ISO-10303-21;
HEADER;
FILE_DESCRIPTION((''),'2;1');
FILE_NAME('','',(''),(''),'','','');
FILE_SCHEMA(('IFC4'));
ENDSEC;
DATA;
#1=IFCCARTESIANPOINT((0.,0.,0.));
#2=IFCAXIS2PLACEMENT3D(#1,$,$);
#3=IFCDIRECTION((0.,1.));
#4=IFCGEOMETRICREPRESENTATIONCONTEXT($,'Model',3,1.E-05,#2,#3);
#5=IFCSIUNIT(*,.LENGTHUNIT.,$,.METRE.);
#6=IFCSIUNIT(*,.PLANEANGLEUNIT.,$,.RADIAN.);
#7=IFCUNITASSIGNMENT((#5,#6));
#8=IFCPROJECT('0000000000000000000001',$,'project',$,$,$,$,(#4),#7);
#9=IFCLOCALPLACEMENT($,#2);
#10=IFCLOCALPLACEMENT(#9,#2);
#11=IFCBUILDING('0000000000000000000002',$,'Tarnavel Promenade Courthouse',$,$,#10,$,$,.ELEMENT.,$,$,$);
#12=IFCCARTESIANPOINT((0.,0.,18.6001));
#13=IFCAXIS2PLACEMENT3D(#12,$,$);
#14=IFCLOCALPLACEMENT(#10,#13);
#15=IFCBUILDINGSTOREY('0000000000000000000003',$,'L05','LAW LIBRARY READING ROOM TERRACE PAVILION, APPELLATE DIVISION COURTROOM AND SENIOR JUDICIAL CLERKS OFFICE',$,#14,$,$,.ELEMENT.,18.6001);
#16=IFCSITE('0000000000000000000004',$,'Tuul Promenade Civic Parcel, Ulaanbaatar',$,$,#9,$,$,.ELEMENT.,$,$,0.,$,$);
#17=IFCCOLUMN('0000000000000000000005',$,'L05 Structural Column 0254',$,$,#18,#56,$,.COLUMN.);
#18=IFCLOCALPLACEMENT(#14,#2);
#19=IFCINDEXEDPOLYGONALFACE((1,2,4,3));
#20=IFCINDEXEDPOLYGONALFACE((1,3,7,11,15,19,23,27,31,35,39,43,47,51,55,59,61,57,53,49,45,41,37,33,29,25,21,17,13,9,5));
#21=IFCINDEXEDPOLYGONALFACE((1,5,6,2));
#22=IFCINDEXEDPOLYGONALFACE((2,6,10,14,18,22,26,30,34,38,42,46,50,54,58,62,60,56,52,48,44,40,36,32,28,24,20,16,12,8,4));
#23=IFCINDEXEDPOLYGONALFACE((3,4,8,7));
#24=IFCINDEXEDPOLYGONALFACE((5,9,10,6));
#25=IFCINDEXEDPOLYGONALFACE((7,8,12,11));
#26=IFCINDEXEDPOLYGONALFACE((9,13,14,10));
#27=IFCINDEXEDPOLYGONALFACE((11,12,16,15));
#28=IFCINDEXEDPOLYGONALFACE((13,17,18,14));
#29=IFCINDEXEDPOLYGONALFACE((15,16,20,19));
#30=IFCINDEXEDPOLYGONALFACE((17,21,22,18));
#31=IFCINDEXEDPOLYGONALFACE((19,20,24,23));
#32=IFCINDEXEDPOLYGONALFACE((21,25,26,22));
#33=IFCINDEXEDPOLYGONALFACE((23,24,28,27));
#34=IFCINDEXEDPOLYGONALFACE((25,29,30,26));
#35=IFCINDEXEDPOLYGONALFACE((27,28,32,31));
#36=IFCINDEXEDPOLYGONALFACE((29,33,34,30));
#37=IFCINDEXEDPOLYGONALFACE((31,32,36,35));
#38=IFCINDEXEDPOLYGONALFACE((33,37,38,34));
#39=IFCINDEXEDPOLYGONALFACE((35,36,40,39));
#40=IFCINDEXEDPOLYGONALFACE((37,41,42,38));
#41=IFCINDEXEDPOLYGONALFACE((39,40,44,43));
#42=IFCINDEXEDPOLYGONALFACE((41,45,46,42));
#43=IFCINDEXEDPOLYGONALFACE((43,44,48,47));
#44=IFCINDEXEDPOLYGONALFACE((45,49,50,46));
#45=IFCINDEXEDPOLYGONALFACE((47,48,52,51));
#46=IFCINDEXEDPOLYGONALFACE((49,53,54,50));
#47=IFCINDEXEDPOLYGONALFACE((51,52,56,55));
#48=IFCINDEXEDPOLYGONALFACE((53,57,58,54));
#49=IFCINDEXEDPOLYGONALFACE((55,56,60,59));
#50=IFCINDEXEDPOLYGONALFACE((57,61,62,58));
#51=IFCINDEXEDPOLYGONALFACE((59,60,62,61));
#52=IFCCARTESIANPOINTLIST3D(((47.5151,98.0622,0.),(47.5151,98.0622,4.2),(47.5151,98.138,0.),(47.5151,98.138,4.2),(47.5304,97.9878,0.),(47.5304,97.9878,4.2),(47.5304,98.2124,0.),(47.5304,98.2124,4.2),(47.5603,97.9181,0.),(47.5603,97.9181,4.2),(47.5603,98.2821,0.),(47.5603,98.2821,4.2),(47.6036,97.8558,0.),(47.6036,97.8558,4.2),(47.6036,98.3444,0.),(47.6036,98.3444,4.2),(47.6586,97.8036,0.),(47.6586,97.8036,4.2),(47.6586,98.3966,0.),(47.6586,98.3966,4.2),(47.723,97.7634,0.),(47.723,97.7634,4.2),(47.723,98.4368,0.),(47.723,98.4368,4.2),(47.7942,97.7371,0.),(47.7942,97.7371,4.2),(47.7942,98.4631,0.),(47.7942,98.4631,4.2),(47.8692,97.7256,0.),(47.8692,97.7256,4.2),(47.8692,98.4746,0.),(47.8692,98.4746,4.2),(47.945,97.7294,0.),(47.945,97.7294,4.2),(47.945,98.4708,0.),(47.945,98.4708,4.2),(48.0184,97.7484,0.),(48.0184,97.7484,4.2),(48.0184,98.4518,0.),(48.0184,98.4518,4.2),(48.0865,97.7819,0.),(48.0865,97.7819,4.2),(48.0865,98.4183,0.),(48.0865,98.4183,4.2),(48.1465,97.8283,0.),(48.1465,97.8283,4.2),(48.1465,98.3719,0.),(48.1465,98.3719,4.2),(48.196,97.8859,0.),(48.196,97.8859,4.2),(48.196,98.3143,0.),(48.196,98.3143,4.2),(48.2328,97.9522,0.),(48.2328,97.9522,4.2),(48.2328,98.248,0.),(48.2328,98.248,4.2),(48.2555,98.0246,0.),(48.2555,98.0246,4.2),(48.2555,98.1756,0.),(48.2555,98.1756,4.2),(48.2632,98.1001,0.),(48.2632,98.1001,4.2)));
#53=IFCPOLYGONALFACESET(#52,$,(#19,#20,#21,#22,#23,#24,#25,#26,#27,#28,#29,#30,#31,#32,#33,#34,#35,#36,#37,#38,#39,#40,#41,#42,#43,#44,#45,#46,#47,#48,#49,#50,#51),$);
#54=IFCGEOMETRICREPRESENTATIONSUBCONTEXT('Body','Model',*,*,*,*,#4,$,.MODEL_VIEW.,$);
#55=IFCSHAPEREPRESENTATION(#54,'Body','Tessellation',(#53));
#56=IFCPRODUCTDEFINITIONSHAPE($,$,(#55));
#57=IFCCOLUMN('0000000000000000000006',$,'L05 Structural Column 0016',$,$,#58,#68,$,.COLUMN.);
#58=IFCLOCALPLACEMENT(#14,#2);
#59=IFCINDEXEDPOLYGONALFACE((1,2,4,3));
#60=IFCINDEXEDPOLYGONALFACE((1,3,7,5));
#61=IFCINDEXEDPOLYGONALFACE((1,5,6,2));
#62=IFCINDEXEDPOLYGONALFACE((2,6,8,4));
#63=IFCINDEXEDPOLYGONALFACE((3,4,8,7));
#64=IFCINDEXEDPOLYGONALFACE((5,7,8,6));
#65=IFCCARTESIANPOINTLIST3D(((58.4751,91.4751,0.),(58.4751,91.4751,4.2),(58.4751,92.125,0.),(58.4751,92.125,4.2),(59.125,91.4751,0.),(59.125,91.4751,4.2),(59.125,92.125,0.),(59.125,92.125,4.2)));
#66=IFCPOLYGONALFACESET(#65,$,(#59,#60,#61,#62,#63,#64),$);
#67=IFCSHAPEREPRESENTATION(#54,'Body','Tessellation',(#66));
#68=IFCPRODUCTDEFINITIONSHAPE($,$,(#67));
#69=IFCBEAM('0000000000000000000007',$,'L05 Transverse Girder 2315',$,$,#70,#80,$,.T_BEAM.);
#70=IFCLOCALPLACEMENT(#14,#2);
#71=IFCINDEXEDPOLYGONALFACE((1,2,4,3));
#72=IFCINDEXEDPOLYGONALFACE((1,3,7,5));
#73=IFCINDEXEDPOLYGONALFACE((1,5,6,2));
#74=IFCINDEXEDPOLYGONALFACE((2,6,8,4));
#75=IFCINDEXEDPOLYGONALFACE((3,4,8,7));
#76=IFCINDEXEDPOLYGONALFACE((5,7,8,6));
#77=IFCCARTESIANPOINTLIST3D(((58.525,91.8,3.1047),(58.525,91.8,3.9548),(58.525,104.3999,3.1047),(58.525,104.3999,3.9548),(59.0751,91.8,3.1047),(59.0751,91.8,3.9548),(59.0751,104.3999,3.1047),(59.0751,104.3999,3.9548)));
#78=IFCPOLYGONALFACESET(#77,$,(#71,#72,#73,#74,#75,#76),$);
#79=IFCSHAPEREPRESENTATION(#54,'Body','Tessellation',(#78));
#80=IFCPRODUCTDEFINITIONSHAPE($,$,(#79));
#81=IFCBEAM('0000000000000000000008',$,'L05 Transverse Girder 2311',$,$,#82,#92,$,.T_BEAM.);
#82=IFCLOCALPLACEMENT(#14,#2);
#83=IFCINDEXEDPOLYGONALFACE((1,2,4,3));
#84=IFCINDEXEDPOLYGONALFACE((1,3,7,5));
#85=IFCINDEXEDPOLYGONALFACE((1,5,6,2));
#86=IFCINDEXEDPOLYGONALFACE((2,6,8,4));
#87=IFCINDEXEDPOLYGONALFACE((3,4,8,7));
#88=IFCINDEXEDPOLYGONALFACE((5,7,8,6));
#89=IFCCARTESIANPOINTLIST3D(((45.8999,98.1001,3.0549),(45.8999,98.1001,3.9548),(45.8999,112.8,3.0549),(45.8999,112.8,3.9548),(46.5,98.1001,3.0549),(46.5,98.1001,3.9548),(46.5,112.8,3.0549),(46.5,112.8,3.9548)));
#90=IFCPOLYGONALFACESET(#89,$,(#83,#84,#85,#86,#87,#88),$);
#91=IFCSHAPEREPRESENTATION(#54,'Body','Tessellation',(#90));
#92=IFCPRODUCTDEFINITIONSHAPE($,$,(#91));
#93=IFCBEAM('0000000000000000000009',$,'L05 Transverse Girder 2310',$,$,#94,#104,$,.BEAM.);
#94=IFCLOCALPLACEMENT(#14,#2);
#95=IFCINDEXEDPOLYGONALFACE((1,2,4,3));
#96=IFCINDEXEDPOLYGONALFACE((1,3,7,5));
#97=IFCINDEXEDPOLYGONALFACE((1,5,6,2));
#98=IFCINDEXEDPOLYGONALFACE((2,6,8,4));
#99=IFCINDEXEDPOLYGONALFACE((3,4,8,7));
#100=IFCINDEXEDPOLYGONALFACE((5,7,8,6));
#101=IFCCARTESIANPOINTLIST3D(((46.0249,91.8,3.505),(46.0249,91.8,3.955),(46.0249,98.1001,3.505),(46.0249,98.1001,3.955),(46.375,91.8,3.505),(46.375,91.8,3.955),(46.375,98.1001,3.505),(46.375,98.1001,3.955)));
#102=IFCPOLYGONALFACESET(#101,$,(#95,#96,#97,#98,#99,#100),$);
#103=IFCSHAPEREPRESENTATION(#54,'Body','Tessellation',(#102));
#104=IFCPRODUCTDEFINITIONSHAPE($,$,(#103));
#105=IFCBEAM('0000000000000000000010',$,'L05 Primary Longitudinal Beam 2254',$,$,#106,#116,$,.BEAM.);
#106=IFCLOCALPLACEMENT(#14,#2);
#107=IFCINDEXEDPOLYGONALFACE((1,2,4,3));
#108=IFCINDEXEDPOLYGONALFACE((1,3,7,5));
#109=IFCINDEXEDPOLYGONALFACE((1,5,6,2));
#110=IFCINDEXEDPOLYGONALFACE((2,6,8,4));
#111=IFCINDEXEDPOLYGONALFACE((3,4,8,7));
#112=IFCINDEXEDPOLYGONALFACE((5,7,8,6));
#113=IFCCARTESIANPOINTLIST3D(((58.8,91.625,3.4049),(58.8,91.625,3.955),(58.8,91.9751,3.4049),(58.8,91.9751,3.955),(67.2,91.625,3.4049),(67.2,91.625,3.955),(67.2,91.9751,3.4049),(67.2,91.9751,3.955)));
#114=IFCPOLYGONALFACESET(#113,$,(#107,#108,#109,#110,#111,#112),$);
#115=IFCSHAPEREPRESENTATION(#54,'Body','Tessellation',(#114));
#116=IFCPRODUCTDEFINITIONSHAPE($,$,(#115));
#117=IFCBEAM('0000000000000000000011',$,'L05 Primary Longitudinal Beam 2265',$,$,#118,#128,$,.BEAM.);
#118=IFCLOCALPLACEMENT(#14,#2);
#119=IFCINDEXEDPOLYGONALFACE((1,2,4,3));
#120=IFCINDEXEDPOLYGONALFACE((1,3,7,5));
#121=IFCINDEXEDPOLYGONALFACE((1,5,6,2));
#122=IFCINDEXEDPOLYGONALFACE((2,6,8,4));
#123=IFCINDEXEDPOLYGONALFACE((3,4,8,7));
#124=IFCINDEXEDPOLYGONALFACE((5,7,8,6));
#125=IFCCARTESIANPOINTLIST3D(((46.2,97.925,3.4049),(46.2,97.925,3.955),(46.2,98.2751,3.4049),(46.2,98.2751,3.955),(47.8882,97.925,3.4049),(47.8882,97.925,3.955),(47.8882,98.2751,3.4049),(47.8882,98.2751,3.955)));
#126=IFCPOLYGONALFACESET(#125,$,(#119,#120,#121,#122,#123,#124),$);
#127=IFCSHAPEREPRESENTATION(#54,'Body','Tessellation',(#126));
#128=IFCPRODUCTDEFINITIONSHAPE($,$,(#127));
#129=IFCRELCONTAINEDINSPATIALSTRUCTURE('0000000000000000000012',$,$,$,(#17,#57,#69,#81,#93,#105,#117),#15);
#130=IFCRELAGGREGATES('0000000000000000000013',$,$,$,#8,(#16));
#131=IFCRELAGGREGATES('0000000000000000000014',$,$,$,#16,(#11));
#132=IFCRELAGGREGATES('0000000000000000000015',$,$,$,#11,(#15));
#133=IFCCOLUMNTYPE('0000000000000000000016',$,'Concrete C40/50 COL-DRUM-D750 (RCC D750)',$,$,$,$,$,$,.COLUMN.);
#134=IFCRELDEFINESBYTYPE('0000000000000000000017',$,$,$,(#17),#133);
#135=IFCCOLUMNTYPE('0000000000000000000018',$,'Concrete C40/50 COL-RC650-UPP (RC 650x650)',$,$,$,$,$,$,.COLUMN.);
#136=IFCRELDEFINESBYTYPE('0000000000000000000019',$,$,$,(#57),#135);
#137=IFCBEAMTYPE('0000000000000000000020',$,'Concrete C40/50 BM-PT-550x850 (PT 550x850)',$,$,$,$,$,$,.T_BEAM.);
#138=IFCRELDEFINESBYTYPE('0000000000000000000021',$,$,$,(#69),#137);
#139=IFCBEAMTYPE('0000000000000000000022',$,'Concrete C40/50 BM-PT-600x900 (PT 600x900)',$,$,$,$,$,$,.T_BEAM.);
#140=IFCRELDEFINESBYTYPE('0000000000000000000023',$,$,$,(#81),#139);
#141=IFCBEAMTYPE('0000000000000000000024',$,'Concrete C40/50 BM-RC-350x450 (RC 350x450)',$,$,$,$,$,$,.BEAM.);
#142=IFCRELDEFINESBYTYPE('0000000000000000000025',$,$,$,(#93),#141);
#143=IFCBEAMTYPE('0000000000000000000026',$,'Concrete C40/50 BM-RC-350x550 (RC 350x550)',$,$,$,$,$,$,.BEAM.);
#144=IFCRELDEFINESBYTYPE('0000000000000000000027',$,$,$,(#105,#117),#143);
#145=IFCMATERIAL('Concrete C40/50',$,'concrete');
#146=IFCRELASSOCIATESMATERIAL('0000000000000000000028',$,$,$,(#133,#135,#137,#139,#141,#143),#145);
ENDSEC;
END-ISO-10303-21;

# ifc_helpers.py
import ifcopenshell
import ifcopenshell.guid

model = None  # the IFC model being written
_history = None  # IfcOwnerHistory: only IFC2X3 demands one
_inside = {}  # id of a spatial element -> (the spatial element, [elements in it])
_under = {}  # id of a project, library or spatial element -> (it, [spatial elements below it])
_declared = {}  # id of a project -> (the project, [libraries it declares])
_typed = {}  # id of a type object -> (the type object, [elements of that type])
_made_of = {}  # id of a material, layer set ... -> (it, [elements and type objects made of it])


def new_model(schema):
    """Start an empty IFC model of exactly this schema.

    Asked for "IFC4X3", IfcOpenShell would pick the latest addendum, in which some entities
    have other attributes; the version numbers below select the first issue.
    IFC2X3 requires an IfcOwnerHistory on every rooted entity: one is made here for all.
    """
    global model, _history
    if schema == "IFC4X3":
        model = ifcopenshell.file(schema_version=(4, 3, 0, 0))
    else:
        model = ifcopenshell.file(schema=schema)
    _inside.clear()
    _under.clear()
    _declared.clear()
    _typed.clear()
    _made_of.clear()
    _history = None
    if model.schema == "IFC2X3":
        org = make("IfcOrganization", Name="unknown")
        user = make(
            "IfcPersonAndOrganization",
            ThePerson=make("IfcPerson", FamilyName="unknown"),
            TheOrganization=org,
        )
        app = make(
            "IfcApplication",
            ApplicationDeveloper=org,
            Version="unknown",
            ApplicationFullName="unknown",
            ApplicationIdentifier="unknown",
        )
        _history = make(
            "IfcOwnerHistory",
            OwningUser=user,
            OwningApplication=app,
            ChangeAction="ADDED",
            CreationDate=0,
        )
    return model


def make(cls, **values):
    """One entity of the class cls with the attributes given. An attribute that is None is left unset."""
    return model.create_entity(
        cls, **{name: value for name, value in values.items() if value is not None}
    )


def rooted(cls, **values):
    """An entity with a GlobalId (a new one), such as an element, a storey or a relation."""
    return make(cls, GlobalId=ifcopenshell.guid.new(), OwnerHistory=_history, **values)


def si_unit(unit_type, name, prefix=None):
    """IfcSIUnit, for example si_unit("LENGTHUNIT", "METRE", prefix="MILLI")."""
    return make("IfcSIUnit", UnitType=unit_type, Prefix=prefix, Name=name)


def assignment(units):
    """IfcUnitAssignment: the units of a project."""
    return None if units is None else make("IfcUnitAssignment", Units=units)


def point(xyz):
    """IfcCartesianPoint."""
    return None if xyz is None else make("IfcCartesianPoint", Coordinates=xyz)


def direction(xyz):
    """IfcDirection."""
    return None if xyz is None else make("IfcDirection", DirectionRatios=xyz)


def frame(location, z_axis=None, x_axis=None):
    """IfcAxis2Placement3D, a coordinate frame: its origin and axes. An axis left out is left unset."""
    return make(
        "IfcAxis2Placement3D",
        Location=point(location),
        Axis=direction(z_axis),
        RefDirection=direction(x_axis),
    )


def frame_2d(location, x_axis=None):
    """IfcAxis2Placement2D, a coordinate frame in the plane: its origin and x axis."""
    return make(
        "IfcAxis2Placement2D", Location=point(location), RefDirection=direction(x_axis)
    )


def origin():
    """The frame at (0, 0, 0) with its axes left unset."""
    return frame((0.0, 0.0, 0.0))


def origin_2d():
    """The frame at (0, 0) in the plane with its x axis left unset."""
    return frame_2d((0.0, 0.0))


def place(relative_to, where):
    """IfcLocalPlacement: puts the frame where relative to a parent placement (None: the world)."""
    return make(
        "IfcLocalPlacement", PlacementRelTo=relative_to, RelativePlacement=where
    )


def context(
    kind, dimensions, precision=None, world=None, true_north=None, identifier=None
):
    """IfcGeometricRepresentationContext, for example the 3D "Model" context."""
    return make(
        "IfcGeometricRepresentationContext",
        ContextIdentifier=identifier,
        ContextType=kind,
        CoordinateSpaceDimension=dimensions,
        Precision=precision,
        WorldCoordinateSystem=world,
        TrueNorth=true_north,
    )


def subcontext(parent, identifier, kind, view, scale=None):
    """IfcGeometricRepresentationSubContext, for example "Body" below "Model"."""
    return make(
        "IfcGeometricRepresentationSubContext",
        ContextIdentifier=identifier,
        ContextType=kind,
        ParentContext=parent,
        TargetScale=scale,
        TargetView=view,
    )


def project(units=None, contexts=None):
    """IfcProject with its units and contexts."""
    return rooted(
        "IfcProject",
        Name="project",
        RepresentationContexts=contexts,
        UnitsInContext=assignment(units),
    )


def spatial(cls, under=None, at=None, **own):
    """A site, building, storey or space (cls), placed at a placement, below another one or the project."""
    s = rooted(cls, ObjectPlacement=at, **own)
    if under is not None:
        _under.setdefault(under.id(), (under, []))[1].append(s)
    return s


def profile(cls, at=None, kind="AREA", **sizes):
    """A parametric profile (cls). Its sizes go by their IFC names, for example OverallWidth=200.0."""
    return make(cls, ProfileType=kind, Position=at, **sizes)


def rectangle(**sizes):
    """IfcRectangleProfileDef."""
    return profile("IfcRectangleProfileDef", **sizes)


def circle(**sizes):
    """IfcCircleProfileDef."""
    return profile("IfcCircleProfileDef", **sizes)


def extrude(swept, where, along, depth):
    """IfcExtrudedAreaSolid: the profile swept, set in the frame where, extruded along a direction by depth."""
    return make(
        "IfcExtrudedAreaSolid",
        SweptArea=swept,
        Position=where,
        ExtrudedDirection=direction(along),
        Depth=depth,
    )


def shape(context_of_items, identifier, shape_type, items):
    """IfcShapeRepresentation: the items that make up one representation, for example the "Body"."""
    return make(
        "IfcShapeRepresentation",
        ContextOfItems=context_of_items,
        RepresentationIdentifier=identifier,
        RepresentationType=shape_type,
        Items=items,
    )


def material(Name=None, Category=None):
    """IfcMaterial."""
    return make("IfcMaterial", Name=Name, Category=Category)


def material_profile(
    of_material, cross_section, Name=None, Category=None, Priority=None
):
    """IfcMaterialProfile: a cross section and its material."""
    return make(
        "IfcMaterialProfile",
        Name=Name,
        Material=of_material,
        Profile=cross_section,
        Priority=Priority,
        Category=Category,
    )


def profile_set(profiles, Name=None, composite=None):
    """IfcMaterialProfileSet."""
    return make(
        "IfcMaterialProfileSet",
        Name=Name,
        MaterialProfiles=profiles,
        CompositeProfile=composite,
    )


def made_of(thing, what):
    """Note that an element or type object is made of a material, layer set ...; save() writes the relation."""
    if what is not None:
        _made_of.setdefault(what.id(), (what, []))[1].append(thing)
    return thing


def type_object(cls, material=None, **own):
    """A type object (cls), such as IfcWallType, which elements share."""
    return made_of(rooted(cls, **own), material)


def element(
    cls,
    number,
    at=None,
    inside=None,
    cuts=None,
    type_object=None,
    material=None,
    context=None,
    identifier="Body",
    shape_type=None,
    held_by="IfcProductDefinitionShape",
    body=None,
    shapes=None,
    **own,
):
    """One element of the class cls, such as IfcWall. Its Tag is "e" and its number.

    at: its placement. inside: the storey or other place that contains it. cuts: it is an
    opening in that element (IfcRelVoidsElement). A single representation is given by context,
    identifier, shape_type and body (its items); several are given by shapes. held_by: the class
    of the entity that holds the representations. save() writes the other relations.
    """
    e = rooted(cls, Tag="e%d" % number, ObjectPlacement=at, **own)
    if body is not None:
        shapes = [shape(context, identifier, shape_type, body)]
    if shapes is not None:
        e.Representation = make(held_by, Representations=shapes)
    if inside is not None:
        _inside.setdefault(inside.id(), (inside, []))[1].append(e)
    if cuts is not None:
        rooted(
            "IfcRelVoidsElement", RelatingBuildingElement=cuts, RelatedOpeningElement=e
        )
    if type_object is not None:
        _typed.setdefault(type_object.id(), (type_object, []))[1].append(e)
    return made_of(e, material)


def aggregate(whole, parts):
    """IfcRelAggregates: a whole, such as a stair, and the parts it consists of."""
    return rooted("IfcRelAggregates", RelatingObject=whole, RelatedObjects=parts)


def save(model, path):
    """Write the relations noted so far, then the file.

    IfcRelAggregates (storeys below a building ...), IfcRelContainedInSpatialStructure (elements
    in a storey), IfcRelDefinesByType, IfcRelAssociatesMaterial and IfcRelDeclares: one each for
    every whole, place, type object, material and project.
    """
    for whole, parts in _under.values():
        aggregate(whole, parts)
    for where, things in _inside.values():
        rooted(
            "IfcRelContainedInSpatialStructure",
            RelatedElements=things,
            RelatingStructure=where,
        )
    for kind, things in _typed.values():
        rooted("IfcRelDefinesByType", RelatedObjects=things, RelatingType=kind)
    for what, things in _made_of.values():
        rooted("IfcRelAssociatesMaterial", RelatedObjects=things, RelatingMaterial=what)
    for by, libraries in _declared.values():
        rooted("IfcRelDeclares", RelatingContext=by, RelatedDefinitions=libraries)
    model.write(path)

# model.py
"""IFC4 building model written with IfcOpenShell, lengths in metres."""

from ifc_helpers import new_model, si_unit, direction, frame, origin, origin_2d, place, context, subcontext, project, spatial, rectangle, circle, extrude, material, material_profile, profile_set, type_object, element, save


model = new_model("IFC4")

# Units and contexts
model_context = context("Model", 3, precision=1e-05, world=origin(), true_north=direction((0.0, 1.0)))
body_context = subcontext(model_context, "Body", "Model", "MODEL_VIEW")
ifc_project = project(units=[si_unit("LENGTHUNIT", "METRE"), si_unit("PLANEANGLEUNIT", "RADIAN")], contexts=[model_context])

# Site, building, storey
site_placement = place(None, origin())
site = spatial("IfcSite", under=ifc_project, at=site_placement, Name="Tuul Promenade Civic Parcel, Ulaanbaatar", CompositionType="ELEMENT", RefElevation=0.0)
building_placement = place(site_placement, origin())
building = spatial("IfcBuilding", under=site, at=building_placement, Name="Tarnavel Promenade Courthouse", CompositionType="ELEMENT")
storey_placement = place(building_placement, frame((0.0, 0.0, 18.6001)))
storey = spatial("IfcBuildingStorey", under=building, at=storey_placement, Name="L05", Description="LAW LIBRARY READING ROOM TERRACE PAVILION, APPELLATE DIVISION COURTROOM AND SENIOR JUDICIAL CLERKS OFFICE", CompositionType="ELEMENT", Elevation=18.6001)

# Columns
ifc_material_1 = material(Name="Concrete C40/50", Category="concrete")
ifc_material_profile_1 = material_profile(ifc_material_1, circle(Radius=0.375, at=origin_2d()), Name="RCC D750")
ifc_profile_set_1 = profile_set([ifc_material_profile_1], Name="Concrete C40/50")
column_type_1 = type_object("IfcColumnType", Name="Concrete C40/50 COL-DRUM-D750 (RCC D750)", PredefinedType="COLUMN", material=ifc_profile_set_1)
column_1_placement = place(storey_placement, frame((47.8882, 98.1001, 0.0), z_axis=(0.0, 0.0, 1.0), x_axis=(1.0, 0.0, 0.0)))
element("IfcColumn", 1, at=column_1_placement, inside=storey, type_object=column_type_1, Name="L05 Structural Column 0254", PredefinedType="COLUMN", context=body_context, shape_type="SweptSolid", body=[
    extrude(circle(Radius=0.375, at=origin_2d()), origin(), (0.0, 0.0, 1.0), 4.2),
])
ifc_material_profile_2 = material_profile(ifc_material_1, rectangle(XDim=0.6499, YDim=0.6499, at=origin_2d()), Name="RC 650x650")
ifc_profile_set_2 = profile_set([ifc_material_profile_2], Name="Concrete C40/50")
column_type_2 = type_object("IfcColumnType", Name="Concrete C40/50 COL-RC650-UPP (RC 650x650)", PredefinedType="COLUMN", material=ifc_profile_set_2)
column_2_placement = place(storey_placement, frame((58.8, 91.8, 0.0), z_axis=(0.0, 0.0, 1.0), x_axis=(1.0, 0.0, 0.0)))
element("IfcColumn", 2, at=column_2_placement, inside=storey, type_object=column_type_2, Name="L05 Structural Column 0016", PredefinedType="COLUMN", context=body_context, shape_type="SweptSolid", body=[
    extrude(rectangle(XDim=0.6499, YDim=0.6499, at=origin_2d()), origin(), (0.0, 0.0, 1.0), 4.2),
])

# Beams
ifc_material_profile_3 = material_profile(ifc_material_1, rectangle(XDim=0.55, YDim=0.8501, at=origin_2d()), Name="PT 550x850")
ifc_profile_set_3 = profile_set([ifc_material_profile_3], Name="Concrete C40/50")
beam_type_1 = type_object("IfcBeamType", Name="Concrete C40/50 BM-PT-550x850 (PT 550x850)", PredefinedType="T_BEAM", material=ifc_profile_set_3)
beam_1_placement = place(storey_placement, frame((58.8, 91.8, 3.5298), z_axis=(0.0, 1.0, 0.0), x_axis=(-1.0, 0.0, 0.0)))
element("IfcBeam", 3, at=beam_1_placement, inside=storey, type_object=beam_type_1, Name="L05 Transverse Girder 2315", PredefinedType="T_BEAM", context=body_context, shape_type="SweptSolid", body=[
    extrude(rectangle(XDim=0.55, YDim=0.8501, at=origin_2d()), origin(), (0.0, 0.0, 1.0), 12.5999),
])
ifc_material_profile_4 = material_profile(ifc_material_1, rectangle(XDim=0.6001, YDim=0.8999, at=origin_2d()), Name="PT 600x900")
ifc_profile_set_4 = profile_set([ifc_material_profile_4], Name="Concrete C40/50")
beam_type_2 = type_object("IfcBeamType", Name="Concrete C40/50 BM-PT-600x900 (PT 600x900)", PredefinedType="T_BEAM", material=ifc_profile_set_4)
beam_2_placement = place(storey_placement, frame((46.2, 98.1001, 3.5049), z_axis=(0.0, 1.0, 0.0), x_axis=(-1.0, 0.0, 0.0)))
element("IfcBeam", 4, at=beam_2_placement, inside=storey, type_object=beam_type_2, Name="L05 Transverse Girder 2311", PredefinedType="T_BEAM", context=body_context, shape_type="SweptSolid", body=[
    extrude(rectangle(XDim=0.6001, YDim=0.8999, at=origin_2d()), origin(), (0.0, 0.0, 1.0), 14.7),
])
ifc_material_profile_5 = material_profile(ifc_material_1, rectangle(XDim=0.3501, YDim=0.45, at=origin_2d()), Name="RC 350x450")
ifc_profile_set_5 = profile_set([ifc_material_profile_5], Name="Concrete C40/50")
beam_type_3 = type_object("IfcBeamType", Name="Concrete C40/50 BM-RC-350x450 (RC 350x450)", PredefinedType="BEAM", material=ifc_profile_set_5)
beam_3_placement = place(storey_placement, frame((46.2, 91.8, 3.73), z_axis=(0.0, 1.0, 0.0), x_axis=(-1.0, 0.0, 0.0)))
element("IfcBeam", 5, at=beam_3_placement, inside=storey, type_object=beam_type_3, Name="L05 Transverse Girder 2310", PredefinedType="BEAM", context=body_context, shape_type="SweptSolid", body=[
    extrude(rectangle(XDim=0.3501, YDim=0.45, at=origin_2d()), origin(), (0.0, 0.0, 1.0), 6.3),
])
ifc_material_profile_6 = material_profile(ifc_material_1, rectangle(XDim=0.3501, YDim=0.55, at=origin_2d()), Name="RC 350x550")
ifc_profile_set_6 = profile_set([ifc_material_profile_6], Name="Concrete C40/50")
beam_type_4 = type_object("IfcBeamType", Name="Concrete C40/50 BM-RC-350x550 (RC 350x550)", PredefinedType="BEAM", material=ifc_profile_set_6)
beam_4_placement = place(storey_placement, frame((58.8, 91.8, 3.6799), z_axis=(1.0, 0.0, 0.0), x_axis=(0.0, 1.0, 0.0)))
element("IfcBeam", 6, at=beam_4_placement, inside=storey, type_object=beam_type_4, Name="L05 Primary Longitudinal Beam 2254", PredefinedType="BEAM", context=body_context, shape_type="SweptSolid", body=[
    extrude(rectangle(XDim=0.3501, YDim=0.55, at=origin_2d()), origin(), (0.0, 0.0, 1.0), 8.3999),
])
beam_5_placement = place(storey_placement, frame((46.2, 98.1001, 3.6799), z_axis=(1.0, 0.0, 0.0), x_axis=(0.0, 1.0, 0.0)))
element("IfcBeam", 7, at=beam_5_placement, inside=storey, type_object=beam_type_4, Name="L05 Primary Longitudinal Beam 2265", PredefinedType="BEAM", context=body_context, shape_type="SweptSolid", body=[
    extrude(rectangle(XDim=0.3501, YDim=0.55, at=origin_2d()), origin(), (0.0, 0.0, 1.0), 1.6882),
])

save(model, "model.ifc")
